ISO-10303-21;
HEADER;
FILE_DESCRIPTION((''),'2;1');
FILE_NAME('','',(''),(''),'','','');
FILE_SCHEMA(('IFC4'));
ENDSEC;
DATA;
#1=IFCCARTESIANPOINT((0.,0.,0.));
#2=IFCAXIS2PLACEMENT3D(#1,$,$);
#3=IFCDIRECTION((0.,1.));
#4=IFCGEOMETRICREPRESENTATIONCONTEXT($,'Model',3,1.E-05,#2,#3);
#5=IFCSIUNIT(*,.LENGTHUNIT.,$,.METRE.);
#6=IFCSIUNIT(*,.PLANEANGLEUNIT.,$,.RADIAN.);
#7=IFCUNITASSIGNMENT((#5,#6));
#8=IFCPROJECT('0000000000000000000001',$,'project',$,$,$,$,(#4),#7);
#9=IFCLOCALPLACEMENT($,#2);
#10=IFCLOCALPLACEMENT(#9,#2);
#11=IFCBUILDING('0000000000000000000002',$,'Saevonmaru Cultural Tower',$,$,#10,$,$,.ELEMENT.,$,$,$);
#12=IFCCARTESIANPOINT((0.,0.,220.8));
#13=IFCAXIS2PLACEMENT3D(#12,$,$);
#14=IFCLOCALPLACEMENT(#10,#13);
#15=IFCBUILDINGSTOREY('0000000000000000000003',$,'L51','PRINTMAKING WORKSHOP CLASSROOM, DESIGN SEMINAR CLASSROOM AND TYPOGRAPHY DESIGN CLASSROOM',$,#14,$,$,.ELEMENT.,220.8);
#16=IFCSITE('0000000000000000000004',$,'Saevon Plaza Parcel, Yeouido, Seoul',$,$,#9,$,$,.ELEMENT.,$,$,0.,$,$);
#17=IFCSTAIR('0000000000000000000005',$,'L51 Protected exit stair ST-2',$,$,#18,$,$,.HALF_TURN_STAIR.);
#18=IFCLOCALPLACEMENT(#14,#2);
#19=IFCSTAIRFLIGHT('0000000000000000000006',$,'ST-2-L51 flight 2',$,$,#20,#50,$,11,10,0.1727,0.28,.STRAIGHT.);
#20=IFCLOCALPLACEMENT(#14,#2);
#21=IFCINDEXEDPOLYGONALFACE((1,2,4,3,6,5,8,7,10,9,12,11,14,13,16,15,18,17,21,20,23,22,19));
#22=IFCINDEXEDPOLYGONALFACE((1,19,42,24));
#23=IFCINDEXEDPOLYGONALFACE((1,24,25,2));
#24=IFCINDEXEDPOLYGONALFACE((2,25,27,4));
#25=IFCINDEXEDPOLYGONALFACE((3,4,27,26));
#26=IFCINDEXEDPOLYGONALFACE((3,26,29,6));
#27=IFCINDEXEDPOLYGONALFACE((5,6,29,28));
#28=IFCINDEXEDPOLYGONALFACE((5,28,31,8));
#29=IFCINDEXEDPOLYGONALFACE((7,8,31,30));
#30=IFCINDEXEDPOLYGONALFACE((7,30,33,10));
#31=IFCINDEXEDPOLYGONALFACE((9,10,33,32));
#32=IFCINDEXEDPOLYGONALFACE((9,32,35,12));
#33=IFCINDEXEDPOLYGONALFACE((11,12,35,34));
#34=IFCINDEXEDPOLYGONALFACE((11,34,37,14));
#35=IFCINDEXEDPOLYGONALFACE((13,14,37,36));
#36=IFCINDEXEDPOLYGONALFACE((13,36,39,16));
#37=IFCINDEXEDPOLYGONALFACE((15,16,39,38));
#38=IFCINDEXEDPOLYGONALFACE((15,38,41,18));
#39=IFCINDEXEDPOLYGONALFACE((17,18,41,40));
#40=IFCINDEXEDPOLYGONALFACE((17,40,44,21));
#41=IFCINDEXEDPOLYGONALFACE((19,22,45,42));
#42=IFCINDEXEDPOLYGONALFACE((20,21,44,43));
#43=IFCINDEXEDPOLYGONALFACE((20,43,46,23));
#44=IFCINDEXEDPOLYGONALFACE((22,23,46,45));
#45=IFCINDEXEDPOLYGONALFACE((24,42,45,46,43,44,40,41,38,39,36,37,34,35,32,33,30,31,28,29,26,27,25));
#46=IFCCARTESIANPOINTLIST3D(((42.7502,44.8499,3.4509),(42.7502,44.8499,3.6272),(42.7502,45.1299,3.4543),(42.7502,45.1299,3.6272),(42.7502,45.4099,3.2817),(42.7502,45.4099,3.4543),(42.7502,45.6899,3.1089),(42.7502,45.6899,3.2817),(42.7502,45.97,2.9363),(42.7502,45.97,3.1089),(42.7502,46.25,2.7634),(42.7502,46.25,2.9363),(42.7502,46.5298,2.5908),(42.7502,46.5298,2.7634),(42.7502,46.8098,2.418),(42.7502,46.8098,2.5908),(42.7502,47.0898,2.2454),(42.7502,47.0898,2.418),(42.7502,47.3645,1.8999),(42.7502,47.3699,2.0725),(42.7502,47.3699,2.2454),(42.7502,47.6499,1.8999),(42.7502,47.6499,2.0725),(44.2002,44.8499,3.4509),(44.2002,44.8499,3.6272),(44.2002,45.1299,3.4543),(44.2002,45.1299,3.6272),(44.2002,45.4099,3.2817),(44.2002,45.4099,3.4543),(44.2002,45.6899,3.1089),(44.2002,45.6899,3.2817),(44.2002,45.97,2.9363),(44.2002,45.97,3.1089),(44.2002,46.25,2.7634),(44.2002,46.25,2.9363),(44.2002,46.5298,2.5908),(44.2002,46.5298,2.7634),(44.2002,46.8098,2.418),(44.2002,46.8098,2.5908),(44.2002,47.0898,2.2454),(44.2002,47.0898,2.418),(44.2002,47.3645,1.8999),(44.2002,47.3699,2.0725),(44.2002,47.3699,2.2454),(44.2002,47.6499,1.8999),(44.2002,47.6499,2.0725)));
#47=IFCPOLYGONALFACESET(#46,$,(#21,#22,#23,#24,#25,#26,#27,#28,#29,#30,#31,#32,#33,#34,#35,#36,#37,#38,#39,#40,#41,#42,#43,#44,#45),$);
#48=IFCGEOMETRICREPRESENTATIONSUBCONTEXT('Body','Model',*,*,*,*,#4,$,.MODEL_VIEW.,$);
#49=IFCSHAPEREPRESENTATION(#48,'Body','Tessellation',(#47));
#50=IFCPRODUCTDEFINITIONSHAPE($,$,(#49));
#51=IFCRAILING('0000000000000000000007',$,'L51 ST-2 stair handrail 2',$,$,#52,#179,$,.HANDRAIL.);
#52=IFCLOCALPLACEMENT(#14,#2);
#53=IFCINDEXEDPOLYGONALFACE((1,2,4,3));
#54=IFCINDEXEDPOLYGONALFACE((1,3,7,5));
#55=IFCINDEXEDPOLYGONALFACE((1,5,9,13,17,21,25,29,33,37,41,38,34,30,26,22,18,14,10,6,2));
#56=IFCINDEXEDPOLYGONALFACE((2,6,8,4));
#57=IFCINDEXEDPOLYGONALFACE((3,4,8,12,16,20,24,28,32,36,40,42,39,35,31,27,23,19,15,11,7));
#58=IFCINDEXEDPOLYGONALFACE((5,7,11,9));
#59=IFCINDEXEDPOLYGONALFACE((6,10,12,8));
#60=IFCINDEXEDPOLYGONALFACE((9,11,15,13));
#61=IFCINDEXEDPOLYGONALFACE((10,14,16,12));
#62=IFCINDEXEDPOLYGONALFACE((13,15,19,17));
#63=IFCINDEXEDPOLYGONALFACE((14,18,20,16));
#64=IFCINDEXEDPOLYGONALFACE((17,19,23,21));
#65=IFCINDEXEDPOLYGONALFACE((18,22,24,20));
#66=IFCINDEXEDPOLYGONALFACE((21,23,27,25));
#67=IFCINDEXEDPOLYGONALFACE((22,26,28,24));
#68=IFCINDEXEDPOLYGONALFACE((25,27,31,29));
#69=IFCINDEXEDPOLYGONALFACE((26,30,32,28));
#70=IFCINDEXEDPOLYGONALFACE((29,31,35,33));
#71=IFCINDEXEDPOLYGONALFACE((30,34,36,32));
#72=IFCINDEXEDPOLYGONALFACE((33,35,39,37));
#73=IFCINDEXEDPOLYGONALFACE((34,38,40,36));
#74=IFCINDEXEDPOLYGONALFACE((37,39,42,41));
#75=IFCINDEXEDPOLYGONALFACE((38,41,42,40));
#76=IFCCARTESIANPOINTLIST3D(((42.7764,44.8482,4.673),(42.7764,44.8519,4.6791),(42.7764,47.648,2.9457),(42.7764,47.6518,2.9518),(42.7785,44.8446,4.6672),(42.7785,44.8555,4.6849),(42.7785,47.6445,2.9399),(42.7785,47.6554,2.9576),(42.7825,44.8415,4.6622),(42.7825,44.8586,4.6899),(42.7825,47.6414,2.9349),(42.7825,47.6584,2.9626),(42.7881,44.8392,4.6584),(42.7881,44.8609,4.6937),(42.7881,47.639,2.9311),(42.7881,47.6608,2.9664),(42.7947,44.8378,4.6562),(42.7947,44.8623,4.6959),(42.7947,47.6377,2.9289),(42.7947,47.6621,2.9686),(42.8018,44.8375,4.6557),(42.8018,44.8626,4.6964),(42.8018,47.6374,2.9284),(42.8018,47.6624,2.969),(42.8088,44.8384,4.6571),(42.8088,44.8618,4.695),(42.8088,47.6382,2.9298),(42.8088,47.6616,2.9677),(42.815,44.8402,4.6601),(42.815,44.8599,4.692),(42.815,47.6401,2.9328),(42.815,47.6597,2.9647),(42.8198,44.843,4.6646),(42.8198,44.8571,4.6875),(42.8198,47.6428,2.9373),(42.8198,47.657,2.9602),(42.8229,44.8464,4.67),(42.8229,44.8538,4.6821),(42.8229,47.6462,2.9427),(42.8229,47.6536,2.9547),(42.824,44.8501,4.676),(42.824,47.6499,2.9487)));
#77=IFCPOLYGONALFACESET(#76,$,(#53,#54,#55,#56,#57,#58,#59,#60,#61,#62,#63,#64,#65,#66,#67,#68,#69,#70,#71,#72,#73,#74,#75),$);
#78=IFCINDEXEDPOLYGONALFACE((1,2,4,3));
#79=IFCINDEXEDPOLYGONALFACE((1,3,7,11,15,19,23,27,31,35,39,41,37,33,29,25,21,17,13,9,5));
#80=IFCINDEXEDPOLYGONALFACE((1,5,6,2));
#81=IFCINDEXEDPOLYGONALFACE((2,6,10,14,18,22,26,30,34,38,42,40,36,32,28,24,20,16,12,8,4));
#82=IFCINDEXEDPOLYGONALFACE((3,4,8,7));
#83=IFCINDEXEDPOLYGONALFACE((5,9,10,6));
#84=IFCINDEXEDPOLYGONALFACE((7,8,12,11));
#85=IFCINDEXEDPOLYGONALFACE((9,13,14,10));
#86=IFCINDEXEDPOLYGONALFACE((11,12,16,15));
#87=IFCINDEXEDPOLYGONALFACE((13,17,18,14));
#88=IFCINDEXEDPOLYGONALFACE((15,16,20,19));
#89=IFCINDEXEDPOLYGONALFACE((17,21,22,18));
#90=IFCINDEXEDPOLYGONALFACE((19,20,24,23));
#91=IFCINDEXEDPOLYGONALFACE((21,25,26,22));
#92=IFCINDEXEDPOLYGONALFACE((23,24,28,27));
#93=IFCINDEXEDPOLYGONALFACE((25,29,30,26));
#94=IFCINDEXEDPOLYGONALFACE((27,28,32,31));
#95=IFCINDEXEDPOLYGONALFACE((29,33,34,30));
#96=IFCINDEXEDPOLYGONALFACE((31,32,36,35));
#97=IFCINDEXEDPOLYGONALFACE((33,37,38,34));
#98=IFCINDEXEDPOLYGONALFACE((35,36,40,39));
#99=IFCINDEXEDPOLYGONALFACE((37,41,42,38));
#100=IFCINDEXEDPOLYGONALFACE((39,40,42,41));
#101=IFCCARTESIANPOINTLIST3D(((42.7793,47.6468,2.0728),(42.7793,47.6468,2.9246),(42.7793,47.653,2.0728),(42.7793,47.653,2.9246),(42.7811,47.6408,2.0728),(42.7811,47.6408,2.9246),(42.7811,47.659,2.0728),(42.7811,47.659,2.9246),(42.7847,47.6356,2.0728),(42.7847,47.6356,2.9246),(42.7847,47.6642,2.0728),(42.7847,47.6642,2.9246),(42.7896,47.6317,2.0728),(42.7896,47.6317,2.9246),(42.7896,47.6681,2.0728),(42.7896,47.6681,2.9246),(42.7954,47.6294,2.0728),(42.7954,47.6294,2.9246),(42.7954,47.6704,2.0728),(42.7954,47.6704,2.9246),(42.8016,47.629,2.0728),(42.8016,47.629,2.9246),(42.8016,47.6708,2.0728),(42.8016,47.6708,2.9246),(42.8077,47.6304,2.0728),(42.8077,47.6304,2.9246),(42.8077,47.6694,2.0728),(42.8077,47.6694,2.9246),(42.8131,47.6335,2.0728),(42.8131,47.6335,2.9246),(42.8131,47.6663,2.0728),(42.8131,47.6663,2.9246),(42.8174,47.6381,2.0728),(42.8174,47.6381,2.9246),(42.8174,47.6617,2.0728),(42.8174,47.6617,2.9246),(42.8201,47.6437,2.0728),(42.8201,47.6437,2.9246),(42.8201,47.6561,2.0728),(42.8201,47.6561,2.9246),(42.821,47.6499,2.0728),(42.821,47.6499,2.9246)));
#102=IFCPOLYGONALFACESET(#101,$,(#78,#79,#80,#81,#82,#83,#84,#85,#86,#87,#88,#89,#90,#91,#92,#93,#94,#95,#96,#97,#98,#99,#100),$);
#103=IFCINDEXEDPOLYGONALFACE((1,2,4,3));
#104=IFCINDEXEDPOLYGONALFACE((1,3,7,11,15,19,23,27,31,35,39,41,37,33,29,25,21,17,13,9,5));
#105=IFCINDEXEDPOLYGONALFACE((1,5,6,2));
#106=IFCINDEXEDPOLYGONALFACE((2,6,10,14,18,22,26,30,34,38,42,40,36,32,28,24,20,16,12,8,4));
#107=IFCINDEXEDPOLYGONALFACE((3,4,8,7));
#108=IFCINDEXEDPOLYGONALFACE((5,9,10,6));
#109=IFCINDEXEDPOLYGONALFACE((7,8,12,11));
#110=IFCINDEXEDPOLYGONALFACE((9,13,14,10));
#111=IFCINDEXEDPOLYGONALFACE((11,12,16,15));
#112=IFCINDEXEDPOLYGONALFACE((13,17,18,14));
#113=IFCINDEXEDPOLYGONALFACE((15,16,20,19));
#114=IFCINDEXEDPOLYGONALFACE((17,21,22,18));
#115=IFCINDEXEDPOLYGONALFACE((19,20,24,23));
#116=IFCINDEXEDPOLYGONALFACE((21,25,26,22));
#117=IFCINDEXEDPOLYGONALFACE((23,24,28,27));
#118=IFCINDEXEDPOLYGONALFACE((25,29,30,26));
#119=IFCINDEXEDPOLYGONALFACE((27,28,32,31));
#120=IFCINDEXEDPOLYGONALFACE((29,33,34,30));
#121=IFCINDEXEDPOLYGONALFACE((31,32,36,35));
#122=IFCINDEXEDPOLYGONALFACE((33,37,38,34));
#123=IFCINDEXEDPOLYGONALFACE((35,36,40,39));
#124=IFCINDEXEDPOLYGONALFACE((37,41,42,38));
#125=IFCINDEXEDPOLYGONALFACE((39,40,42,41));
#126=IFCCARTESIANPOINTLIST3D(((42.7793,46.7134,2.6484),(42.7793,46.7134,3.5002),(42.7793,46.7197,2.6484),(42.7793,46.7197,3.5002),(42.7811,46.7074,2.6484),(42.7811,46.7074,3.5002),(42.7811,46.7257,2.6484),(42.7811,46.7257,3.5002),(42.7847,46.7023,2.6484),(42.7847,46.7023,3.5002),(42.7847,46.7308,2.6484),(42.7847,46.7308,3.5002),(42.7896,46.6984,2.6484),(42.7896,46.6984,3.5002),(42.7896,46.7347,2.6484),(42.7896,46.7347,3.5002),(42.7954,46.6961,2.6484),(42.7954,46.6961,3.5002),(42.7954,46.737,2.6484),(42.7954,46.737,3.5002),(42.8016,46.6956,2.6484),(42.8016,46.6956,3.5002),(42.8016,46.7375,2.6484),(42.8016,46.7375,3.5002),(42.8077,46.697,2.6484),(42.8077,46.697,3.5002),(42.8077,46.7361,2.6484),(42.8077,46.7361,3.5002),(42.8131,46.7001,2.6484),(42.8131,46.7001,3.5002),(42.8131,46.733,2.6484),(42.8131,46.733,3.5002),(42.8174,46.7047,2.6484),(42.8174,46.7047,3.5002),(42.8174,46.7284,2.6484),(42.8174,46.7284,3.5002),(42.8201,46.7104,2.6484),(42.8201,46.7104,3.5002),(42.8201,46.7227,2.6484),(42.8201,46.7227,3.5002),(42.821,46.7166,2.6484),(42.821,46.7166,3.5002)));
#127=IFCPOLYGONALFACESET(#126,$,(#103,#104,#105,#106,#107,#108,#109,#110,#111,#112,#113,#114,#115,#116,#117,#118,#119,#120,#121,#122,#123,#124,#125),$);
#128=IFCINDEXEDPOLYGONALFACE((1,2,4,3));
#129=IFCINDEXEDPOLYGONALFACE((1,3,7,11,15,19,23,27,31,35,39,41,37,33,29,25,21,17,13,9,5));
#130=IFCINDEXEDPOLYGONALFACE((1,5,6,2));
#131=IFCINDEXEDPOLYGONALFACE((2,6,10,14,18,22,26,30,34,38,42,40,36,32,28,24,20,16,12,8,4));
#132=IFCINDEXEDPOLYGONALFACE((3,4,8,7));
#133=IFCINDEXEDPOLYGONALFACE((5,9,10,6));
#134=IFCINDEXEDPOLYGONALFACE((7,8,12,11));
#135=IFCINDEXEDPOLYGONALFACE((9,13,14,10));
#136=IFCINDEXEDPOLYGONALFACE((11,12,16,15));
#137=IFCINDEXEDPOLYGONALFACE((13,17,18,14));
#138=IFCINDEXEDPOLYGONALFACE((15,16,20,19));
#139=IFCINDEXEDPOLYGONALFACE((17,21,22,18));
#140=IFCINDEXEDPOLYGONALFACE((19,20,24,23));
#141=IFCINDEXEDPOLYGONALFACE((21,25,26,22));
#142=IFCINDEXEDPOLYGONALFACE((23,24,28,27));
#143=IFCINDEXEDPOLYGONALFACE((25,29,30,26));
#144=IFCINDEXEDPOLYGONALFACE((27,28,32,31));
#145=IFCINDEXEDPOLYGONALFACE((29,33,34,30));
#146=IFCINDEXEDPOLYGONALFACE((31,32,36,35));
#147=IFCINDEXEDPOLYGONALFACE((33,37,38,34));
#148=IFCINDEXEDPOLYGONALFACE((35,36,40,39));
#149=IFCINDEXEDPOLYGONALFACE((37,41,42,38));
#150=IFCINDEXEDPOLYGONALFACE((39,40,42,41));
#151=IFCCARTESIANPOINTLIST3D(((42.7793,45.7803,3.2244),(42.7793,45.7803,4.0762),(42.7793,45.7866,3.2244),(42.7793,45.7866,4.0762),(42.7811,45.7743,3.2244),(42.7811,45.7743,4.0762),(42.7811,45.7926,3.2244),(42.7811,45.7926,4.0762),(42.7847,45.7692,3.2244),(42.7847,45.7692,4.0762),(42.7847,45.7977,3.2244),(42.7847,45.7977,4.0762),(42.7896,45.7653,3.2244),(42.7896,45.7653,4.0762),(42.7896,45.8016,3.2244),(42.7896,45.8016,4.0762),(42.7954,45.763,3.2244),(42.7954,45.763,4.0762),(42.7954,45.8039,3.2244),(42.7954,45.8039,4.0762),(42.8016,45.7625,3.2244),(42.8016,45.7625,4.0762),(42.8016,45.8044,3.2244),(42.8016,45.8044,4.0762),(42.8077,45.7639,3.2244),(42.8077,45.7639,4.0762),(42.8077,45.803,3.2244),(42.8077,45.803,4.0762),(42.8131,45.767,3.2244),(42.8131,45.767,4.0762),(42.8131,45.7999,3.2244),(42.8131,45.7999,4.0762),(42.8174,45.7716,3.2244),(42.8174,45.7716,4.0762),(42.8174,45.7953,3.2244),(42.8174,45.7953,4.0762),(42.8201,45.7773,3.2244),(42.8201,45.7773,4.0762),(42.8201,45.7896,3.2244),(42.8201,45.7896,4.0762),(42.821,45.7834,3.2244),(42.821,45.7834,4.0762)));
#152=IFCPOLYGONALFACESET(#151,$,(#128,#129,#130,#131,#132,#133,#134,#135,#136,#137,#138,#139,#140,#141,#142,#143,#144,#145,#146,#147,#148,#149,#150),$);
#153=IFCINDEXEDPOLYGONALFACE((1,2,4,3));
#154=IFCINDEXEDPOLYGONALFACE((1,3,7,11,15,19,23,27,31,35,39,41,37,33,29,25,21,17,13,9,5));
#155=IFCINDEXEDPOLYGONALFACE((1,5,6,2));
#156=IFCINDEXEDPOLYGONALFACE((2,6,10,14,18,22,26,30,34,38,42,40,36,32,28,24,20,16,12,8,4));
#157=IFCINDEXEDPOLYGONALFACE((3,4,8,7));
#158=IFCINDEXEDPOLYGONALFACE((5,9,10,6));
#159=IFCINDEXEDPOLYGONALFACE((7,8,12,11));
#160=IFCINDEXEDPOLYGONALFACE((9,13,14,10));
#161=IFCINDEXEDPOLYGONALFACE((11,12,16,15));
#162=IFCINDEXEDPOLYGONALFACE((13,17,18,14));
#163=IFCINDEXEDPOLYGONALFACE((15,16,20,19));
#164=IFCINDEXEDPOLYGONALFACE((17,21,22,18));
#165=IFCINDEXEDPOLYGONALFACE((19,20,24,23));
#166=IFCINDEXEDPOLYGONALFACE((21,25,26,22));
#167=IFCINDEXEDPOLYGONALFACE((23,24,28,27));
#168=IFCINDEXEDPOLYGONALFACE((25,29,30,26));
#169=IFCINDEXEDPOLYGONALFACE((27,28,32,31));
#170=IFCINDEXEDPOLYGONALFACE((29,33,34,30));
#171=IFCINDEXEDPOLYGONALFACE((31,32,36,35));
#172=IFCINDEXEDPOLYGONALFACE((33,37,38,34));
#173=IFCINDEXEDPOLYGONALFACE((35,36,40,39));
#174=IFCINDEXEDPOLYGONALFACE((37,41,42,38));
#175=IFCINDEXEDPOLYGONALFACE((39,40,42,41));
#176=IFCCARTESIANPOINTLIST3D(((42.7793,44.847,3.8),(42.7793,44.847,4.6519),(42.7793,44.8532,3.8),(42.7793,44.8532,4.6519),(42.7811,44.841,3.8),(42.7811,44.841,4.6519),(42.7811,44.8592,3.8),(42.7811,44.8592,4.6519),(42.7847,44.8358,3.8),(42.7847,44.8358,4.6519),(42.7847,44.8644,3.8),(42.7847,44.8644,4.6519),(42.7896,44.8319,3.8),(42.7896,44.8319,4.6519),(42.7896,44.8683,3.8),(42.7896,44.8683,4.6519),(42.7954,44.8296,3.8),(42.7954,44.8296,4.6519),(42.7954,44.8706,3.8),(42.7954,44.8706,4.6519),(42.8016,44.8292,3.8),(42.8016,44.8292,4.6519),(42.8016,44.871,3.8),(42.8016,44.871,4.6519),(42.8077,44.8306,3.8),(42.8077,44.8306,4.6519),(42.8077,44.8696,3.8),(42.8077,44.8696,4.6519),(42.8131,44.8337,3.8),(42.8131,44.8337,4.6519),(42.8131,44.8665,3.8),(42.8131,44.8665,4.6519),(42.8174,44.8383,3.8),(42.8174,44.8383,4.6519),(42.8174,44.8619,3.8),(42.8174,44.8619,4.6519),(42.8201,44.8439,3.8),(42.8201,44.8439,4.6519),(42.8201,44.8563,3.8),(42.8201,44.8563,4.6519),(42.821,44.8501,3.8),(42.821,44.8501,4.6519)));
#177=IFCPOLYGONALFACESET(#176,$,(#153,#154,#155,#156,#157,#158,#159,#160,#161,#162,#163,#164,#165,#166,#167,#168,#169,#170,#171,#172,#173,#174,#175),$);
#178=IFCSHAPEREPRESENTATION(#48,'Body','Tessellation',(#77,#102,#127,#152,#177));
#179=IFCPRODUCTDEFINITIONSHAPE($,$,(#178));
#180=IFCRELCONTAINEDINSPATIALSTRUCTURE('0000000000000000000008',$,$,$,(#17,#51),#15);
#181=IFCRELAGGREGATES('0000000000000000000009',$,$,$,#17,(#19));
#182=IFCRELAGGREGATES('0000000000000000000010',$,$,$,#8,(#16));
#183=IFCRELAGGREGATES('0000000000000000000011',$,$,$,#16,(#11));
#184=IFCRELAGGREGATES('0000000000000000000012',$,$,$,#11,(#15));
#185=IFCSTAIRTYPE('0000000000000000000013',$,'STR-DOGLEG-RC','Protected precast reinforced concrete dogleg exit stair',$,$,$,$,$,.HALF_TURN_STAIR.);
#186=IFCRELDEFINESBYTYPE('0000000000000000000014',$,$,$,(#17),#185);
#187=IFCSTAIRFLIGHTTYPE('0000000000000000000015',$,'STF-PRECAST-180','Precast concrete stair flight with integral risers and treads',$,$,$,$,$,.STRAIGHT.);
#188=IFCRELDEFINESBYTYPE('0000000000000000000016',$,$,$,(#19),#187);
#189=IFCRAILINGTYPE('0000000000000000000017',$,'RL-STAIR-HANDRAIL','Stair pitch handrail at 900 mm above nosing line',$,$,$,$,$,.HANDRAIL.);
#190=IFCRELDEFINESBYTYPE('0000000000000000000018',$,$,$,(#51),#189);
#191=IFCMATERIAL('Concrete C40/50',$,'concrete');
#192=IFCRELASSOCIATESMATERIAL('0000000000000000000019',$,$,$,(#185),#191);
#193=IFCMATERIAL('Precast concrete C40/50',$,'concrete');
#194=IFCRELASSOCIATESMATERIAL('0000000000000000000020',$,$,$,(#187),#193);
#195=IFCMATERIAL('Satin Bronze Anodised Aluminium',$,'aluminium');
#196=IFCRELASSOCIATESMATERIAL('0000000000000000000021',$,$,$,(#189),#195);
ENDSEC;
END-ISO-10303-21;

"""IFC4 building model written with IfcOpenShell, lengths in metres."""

from ifc_helpers import new_model, si_unit, direction, frame, origin, origin_2d, place, context, subcontext, project, spatial, polyline, circle, outline, extrude, material, type_object, element, aggregate, save


model = new_model("IFC4")

# Units and contexts
model_context = context("Model", 3, precision=1e-05, world=origin(), true_north=direction((0.0, 1.0)))
body_context = subcontext(model_context, "Body", "Model", "MODEL_VIEW")
ifc_project = project(units=[si_unit("LENGTHUNIT", "METRE"), si_unit("PLANEANGLEUNIT", "RADIAN")], contexts=[model_context])

# Site, building, storey
site_placement = place(None, origin())
site = spatial("IfcSite", under=ifc_project, at=site_placement, Name="Saevon Plaza Parcel, Yeouido, Seoul", CompositionType="ELEMENT", RefElevation=0.0)
building_placement = place(site_placement, origin())
building = spatial("IfcBuilding", under=site, at=building_placement, Name="Saevonmaru Cultural Tower", CompositionType="ELEMENT")
storey_placement = place(building_placement, frame((0.0, 0.0, 220.8)))
storey = spatial("IfcBuildingStorey", under=building, at=storey_placement, Name="L51", Description="PRINTMAKING WORKSHOP CLASSROOM, DESIGN SEMINAR CLASSROOM AND TYPOGRAPHY DESIGN CLASSROOM", CompositionType="ELEMENT", Elevation=220.8)

# Shared definitions
ifc_material_1 = material(Name="Satin Bronze Anodised Aluminium", Category="aluminium")

# Shared definitions
ifc_material_2 = material(Name="Concrete C40/50", Category="concrete")

# Stair, stair flight
stair_type = type_object("IfcStairType", Name="STR-DOGLEG-RC", Description="Protected precast reinforced concrete dogleg exit stair", PredefinedType="HALF_TURN_STAIR", material=ifc_material_2)
stair_placement = place(storey_placement, origin())
stair = element("IfcStair", 1, at=stair_placement, inside=storey, type_object=stair_type, Name="L51 Protected exit stair ST-2", PredefinedType="HALF_TURN_STAIR")
ifc_material_3 = material(Name="Precast concrete C40/50", Category="concrete")
stair_flight_type = type_object("IfcStairFlightType", Name="STF-PRECAST-180", Description="Precast concrete stair flight with integral risers and treads", PredefinedType="STRAIGHT", material=ifc_material_3)
stair_flight_placement = place(storey_placement, frame((43.4751, 47.6499, 1.8999), z_axis=(0.0, 0.0, 1.0), x_axis=(0.0, -1.0, 0.0)))
stair_flight = element("IfcStairFlight", 2, at=stair_flight_placement, type_object=stair_flight_type, Name="ST-2-L51 flight 2", NumberOfRisers=11, NumberOfTreads=10, PredefinedType="STRAIGHT", RiserHeight=0.1727, TreadLength=0.28, context=body_context, shape_type="SweptSolid", body=[
    extrude(outline(polyline([(0.0, 0.0), (0.0, 0.1726), (0.28, 0.1726), (0.28, 0.3455), (0.5601, 0.3455), (0.5601, 0.5181), (0.8401, 0.5181), (0.8401, 0.6909), (1.1201, 0.6909), (1.1201, 0.8635), (1.3999, 0.8635), (1.3999, 1.0364), (1.6799, 1.0364), (1.6799, 1.209), (1.96, 1.209), (1.96, 1.3818), (2.24, 1.3818), (2.24, 1.5544), (2.52, 1.5544), (2.52, 1.7273), (2.8, 1.7273), (2.8, 1.8999), (2.8, 1.551), (0.2854, 0.0), (0.0, 0.0)])), frame((0.0, 0.7251, 0.0), z_axis=(0.0, -1.0, 0.0), x_axis=(1.0, 0.0, 0.0)), (0.0, 0.0, 1.0), 1.45),
])
aggregate(stair, [stair_flight])

# Railing
railing_type = type_object("IfcRailingType", Name="RL-STAIR-HANDRAIL", Description="Stair pitch handrail at 900 mm above nosing line", PredefinedType="HANDRAIL", material=ifc_material_1)
railing_placement = place(storey_placement, frame((42.8, 47.6499, 2.0728)))
element("IfcRailing", 3, at=railing_placement, inside=storey, type_object=railing_type, Name="L51 ST-2 stair handrail 2", PredefinedType="HANDRAIL", context=body_context, shape_type="SweptSolid", body=[
    extrude(circle(Radius=0.0239, at=origin_2d()), frame((0.0, 0.0, 0.876), z_axis=(0.0, -0.851069, 0.525054), x_axis=(1.0, 0.0, 0.0)), (0.0, 0.0, 1.0), 3.2898),
    extrude(circle(Radius=0.021, at=origin_2d()), origin(), (0.0, 0.0, 1.0), 0.8518),
    extrude(circle(Radius=0.021, at=origin_2d()), frame((0.0, -0.9333, 0.5757)), (0.0, 0.0, 1.0), 0.8518),
    extrude(circle(Radius=0.021, at=origin_2d()), frame((0.0, -1.8665, 1.1516)), (0.0, 0.0, 1.0), 0.8518),
    extrude(circle(Radius=0.021, at=origin_2d()), frame((0.0, -2.7998, 1.7273)), (0.0, 0.0, 1.0), 0.8518),
])

save(model, "model.ifc")
